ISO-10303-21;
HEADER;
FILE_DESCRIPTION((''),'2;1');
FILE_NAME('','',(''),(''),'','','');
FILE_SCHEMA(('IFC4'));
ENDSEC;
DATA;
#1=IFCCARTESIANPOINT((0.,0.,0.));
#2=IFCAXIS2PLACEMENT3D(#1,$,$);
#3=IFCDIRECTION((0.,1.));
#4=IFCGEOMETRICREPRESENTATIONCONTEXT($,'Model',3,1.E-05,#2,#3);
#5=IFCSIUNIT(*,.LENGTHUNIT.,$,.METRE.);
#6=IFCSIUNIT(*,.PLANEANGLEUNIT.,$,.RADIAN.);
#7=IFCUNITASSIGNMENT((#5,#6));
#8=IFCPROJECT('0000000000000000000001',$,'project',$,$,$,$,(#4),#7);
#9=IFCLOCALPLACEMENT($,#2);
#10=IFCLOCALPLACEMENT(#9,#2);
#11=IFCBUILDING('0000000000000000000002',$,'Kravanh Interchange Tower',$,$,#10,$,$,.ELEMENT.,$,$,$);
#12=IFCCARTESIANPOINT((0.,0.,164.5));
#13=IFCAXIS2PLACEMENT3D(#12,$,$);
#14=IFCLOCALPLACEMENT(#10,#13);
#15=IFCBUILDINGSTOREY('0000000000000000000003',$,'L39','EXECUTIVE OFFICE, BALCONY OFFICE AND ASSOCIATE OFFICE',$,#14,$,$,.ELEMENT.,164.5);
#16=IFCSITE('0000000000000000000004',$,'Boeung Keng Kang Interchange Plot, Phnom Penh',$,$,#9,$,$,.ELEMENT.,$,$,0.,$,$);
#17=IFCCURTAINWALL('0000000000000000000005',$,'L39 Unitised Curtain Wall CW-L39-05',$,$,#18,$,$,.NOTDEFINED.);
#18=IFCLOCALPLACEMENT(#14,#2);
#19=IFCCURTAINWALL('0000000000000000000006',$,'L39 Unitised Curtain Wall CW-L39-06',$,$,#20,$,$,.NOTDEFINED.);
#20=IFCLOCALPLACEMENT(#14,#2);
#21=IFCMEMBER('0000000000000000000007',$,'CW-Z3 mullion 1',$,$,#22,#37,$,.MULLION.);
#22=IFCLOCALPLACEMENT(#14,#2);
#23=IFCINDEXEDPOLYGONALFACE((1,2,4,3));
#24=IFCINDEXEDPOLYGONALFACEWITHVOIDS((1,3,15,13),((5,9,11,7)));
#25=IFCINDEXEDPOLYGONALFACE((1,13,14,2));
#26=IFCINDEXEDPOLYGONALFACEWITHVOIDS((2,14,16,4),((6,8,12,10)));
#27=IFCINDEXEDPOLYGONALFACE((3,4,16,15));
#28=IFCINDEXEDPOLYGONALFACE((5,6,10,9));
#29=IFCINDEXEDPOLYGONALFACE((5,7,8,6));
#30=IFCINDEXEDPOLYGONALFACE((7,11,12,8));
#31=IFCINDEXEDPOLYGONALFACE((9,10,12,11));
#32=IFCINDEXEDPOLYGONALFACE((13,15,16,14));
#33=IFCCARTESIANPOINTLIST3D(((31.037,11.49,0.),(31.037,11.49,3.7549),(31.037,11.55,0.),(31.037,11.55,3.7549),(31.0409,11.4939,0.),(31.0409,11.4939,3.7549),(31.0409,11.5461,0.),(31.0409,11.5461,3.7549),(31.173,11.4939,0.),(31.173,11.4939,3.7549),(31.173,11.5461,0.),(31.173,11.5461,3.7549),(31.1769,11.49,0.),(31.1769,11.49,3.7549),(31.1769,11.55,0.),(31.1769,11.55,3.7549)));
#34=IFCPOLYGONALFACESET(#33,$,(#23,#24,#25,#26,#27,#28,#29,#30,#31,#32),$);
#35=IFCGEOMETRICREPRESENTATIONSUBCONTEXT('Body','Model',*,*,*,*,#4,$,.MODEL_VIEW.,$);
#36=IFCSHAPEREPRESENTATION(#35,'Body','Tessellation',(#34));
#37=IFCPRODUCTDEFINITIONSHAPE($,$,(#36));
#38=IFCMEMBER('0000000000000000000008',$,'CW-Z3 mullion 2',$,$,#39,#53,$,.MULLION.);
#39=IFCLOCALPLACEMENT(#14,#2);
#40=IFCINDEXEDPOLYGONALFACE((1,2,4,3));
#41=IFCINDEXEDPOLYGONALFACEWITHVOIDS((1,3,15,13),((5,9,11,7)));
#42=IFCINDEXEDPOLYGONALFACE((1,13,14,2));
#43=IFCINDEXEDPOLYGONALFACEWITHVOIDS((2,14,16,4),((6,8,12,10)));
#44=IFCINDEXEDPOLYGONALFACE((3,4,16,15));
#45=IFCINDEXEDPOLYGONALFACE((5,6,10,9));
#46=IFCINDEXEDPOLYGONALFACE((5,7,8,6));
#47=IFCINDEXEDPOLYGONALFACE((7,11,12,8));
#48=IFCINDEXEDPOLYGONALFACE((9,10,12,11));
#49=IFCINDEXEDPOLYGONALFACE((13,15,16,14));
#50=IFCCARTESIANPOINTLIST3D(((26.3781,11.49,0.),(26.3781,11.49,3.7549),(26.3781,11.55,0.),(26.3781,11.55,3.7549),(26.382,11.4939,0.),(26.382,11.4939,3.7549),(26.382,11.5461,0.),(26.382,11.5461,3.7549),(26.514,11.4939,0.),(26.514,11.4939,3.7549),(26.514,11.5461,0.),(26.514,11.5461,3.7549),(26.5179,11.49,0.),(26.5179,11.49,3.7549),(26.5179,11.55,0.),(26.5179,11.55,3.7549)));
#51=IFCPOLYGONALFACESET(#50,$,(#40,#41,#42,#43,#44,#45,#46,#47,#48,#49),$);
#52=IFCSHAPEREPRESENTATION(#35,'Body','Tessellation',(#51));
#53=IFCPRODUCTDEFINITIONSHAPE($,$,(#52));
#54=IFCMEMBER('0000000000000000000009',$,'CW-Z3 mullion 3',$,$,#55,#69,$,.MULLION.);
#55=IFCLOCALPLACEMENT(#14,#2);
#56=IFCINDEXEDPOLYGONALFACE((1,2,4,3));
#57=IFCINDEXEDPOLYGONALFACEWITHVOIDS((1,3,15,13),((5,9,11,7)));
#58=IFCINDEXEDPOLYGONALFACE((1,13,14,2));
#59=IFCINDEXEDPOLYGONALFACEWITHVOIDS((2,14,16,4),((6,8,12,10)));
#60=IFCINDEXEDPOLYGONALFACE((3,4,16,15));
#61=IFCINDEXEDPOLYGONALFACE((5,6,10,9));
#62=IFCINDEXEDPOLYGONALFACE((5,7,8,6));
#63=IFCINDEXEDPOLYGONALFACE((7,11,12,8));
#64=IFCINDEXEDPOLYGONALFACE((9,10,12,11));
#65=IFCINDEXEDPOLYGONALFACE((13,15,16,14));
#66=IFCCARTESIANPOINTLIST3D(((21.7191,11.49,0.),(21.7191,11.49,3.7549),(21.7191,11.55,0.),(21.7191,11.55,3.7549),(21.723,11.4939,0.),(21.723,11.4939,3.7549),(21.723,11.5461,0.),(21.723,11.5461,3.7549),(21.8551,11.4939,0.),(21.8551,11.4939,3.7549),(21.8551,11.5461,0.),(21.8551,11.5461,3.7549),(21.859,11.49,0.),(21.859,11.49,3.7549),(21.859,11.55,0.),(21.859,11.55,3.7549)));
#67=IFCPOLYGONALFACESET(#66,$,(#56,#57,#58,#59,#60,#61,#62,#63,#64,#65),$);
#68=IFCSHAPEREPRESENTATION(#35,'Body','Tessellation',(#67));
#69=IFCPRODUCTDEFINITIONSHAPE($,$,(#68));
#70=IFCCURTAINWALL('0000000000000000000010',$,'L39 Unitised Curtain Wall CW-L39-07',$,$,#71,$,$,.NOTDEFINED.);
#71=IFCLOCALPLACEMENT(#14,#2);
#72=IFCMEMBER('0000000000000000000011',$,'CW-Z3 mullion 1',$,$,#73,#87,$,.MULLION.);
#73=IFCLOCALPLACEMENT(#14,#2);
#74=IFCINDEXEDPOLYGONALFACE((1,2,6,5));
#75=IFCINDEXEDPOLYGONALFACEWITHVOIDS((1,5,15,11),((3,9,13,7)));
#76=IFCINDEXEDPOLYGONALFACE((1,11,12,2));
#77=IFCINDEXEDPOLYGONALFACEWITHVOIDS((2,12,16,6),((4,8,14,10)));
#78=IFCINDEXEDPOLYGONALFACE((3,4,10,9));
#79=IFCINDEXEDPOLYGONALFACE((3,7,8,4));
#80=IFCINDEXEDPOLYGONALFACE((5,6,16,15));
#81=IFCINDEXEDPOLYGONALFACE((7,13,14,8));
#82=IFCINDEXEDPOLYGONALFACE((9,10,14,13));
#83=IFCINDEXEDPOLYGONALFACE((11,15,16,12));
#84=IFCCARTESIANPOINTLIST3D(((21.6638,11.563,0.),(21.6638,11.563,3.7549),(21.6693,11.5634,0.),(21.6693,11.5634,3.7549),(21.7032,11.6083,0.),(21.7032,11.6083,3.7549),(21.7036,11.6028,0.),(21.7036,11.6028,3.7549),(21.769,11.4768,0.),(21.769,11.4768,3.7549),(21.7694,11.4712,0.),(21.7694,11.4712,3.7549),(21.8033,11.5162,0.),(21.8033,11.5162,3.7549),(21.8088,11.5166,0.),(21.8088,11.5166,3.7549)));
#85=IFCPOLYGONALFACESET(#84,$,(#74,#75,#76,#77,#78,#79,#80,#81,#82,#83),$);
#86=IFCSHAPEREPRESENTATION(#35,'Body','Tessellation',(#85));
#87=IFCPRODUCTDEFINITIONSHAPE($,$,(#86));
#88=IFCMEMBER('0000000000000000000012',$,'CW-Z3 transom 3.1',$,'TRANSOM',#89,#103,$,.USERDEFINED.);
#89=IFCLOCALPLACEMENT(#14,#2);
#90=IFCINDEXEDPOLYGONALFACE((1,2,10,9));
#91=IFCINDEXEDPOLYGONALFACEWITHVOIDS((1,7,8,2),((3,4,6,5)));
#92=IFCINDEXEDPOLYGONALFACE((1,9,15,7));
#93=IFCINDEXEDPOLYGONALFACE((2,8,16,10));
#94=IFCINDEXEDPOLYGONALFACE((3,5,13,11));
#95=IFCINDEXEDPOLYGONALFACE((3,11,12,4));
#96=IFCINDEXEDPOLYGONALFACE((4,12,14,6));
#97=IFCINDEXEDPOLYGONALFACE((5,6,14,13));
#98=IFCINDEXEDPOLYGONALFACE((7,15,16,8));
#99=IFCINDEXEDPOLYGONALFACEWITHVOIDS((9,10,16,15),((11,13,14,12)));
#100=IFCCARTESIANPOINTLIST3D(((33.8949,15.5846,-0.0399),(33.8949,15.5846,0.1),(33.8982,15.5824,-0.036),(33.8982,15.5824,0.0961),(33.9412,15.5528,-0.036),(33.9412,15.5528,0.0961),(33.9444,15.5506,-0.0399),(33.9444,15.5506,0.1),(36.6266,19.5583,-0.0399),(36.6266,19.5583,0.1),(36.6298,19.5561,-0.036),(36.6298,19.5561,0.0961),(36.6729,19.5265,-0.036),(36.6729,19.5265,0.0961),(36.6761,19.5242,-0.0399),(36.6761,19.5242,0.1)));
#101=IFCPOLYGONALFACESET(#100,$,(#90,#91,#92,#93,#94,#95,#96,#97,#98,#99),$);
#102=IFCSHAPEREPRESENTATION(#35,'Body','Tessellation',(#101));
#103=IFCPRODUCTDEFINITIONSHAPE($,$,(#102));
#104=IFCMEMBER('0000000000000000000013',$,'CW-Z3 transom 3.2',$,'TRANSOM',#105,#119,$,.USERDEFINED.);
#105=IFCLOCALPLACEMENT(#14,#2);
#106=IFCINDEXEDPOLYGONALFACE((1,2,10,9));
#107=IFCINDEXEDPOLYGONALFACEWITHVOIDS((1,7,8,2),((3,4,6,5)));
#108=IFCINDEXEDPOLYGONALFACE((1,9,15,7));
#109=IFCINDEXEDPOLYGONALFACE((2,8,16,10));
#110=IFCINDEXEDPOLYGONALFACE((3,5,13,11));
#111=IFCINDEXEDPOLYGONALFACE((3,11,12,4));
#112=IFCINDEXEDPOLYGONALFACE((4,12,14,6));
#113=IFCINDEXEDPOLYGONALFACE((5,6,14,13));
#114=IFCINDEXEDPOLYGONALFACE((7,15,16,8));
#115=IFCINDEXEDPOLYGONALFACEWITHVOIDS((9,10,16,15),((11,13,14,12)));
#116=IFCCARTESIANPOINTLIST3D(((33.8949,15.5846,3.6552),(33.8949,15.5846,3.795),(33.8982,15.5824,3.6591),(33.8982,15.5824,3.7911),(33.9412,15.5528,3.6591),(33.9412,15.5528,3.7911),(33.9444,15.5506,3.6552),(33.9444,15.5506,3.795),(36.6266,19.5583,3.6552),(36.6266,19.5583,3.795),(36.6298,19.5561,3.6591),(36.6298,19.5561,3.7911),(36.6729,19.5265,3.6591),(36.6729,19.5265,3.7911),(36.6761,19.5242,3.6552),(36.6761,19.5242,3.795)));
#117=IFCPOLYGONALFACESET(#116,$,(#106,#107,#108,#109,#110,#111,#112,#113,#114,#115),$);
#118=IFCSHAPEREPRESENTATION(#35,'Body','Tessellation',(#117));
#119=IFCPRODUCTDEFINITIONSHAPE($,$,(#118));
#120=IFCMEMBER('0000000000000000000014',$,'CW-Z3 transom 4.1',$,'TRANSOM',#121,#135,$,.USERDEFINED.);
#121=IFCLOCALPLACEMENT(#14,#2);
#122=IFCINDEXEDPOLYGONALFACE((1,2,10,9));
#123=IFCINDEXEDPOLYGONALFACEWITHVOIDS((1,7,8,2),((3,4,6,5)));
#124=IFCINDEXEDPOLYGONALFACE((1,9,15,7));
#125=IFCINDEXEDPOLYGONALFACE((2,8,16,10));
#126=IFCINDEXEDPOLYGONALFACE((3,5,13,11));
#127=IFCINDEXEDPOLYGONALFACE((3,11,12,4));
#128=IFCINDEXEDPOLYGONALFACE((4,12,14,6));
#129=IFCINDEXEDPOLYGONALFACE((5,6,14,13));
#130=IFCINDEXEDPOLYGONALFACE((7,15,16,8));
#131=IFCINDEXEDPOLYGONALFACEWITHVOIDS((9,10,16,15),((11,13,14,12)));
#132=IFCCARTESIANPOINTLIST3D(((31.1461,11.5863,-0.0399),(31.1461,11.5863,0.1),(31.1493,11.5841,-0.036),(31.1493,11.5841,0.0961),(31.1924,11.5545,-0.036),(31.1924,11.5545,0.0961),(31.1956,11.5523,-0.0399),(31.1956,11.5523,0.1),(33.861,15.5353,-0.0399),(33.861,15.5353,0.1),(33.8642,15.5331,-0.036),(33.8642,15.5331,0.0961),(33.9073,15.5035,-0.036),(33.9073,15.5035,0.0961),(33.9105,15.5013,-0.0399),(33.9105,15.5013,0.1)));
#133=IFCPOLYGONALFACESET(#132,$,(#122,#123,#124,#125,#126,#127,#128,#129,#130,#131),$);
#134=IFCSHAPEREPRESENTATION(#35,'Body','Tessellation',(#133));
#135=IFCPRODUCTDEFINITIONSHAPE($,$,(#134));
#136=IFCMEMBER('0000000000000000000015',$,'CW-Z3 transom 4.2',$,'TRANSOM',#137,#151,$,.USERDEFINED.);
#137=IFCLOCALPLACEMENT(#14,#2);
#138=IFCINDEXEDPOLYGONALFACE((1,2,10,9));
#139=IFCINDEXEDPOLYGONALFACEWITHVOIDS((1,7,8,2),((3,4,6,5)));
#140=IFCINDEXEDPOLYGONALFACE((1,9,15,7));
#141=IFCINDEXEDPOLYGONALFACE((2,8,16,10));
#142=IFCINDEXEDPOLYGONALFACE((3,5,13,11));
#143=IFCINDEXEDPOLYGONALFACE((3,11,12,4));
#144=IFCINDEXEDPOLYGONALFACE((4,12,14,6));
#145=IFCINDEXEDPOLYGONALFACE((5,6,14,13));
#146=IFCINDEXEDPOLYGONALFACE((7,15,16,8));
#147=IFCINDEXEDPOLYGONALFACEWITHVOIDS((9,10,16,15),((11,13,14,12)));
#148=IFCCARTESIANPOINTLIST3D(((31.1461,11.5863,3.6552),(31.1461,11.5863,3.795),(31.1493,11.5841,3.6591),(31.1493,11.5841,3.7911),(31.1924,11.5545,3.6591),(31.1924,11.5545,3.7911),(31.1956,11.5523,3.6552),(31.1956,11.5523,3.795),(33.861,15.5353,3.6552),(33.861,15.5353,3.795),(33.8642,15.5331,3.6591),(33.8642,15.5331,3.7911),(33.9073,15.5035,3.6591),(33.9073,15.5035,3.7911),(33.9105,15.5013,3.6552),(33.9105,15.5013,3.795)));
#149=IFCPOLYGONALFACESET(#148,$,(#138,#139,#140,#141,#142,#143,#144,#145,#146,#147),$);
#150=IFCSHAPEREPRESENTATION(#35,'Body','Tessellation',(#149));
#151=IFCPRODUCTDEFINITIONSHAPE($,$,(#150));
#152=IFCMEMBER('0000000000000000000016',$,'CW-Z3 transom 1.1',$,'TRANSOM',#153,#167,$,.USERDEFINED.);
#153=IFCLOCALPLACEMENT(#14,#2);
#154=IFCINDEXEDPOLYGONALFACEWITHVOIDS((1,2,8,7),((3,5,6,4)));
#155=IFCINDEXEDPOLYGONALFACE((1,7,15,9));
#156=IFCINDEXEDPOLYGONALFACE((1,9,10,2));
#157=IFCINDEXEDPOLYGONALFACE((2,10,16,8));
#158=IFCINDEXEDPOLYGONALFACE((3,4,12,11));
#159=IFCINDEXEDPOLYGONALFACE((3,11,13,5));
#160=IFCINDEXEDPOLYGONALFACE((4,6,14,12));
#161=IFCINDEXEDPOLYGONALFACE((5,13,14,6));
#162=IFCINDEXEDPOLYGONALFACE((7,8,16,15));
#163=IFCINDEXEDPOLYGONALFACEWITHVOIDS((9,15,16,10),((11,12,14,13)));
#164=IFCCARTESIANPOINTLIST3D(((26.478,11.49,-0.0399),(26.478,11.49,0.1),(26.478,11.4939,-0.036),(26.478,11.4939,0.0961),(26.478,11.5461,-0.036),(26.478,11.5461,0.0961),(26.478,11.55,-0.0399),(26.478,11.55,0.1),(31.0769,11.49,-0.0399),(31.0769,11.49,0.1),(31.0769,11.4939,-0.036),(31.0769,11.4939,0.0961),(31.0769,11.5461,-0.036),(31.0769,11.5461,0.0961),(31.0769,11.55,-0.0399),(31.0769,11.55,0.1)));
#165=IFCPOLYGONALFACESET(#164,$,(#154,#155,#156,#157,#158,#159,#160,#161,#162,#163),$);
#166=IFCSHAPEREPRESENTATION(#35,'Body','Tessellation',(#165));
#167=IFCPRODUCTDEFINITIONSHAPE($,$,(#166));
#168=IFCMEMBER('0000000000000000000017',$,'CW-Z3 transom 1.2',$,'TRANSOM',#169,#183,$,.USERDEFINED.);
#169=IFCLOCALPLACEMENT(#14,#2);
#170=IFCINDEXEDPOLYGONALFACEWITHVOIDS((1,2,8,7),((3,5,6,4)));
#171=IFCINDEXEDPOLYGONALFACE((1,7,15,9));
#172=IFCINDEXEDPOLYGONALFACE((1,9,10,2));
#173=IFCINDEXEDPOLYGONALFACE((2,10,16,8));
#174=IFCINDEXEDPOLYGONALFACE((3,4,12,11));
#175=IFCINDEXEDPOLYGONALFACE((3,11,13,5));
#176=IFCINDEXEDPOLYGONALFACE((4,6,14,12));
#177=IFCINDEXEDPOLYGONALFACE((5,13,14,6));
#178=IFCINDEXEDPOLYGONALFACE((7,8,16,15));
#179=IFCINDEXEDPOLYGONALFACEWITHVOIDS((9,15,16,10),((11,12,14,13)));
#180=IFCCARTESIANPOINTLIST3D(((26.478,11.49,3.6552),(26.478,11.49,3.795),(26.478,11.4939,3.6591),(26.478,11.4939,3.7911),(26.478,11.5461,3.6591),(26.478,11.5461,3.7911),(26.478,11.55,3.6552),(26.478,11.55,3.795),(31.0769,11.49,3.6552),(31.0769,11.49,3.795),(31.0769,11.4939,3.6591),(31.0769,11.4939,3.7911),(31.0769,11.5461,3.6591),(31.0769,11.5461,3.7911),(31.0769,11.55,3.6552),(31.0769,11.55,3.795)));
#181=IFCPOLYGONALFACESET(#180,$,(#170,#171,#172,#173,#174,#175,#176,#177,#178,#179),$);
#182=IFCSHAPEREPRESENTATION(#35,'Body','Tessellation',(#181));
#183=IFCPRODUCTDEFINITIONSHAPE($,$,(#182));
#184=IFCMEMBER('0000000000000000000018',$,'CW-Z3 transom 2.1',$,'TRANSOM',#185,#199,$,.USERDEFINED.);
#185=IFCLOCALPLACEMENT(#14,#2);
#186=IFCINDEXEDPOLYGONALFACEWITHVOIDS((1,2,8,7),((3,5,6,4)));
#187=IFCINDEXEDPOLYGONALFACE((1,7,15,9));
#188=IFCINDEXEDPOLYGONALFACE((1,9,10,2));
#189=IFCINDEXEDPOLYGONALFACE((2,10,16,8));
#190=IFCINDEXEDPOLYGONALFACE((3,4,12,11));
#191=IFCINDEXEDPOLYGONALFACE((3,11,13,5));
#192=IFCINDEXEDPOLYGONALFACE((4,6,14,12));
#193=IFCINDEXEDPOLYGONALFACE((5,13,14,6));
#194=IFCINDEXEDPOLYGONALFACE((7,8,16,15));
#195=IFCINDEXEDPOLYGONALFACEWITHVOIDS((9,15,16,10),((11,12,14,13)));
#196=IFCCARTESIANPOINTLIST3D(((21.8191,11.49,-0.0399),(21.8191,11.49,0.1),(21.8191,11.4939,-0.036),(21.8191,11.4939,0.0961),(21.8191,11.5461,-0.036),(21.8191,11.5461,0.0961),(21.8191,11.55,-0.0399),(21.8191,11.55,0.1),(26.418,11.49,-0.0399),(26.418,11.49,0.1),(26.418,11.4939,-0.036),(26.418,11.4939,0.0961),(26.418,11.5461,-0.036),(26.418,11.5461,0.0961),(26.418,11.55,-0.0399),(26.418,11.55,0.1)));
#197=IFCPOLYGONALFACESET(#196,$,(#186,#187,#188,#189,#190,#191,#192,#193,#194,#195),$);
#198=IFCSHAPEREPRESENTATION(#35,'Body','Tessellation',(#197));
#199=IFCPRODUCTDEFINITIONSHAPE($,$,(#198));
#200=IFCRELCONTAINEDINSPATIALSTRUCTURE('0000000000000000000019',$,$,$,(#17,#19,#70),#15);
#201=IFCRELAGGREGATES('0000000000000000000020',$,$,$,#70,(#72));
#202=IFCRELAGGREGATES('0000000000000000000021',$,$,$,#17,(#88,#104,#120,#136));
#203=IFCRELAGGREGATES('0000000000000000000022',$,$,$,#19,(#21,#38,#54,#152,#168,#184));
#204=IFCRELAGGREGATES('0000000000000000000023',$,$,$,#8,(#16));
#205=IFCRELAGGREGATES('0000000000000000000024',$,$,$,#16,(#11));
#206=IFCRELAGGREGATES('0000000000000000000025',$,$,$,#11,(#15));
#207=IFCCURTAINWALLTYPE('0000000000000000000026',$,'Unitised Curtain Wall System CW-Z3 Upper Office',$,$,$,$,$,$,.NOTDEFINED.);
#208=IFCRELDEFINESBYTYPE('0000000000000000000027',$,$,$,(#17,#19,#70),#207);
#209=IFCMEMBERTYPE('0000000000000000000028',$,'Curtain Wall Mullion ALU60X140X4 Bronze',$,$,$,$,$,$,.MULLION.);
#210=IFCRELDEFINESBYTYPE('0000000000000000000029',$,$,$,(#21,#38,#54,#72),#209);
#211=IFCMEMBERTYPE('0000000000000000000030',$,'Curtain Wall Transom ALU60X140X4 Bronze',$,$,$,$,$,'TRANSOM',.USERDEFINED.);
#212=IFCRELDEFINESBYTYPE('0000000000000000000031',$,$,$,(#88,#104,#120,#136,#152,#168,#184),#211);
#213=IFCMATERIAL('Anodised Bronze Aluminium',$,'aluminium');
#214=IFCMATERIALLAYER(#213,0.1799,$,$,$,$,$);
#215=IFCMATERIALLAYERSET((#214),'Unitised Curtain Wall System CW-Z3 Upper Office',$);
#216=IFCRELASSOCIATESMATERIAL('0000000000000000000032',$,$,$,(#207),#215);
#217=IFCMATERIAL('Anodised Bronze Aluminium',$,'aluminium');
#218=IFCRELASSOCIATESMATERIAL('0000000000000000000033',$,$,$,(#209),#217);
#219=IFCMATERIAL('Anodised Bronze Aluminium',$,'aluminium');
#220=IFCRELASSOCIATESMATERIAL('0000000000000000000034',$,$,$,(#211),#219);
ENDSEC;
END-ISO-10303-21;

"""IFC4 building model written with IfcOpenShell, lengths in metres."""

from ifc_helpers import new_model, si_unit, direction, frame, origin, origin_2d, place, context, subcontext, project, spatial, hollow_rectangle, extrude, material, layer, layer_set, material_profile, profile_set, type_object, element, aggregate, save


model = new_model("IFC4")

# Units and contexts
model_context = context("Model", 3, precision=1e-05, world=origin(), true_north=direction((0.0, 1.0)))
body_context = subcontext(model_context, "Body", "Model", "MODEL_VIEW")
ifc_project = project(units=[si_unit("LENGTHUNIT", "METRE"), si_unit("PLANEANGLEUNIT", "RADIAN")], contexts=[model_context])

# Site, building, storey
site_placement = place(None, origin())
site = spatial("IfcSite", under=ifc_project, at=site_placement, Name="Boeung Keng Kang Interchange Plot, Phnom Penh", CompositionType="ELEMENT", RefElevation=0.0)
building_placement = place(site_placement, origin())
building = spatial("IfcBuilding", under=site, at=building_placement, Name="Kravanh Interchange Tower", CompositionType="ELEMENT")
storey_placement = place(building_placement, frame((0.0, 0.0, 164.5)))
storey = spatial("IfcBuildingStorey", under=building, at=storey_placement, Name="L39", Description="EXECUTIVE OFFICE, BALCONY OFFICE AND ASSOCIATE OFFICE", CompositionType="ELEMENT", Elevation=164.5)

# Curtain walls, members
ifc_material_1 = material(Name="Anodised Bronze Aluminium", Category="aluminium")
ifc_layer_1 = layer(ifc_material_1, 0.1799)
ifc_layer_set_1 = layer_set([ifc_layer_1], Name="Unitised Curtain Wall System CW-Z3 Upper Office")
curtain_wall_type = type_object("IfcCurtainWallType", Name="Unitised Curtain Wall System CW-Z3 Upper Office", PredefinedType="NOTDEFINED", material=ifc_layer_set_1)
curtain_wall_1_placement = place(storey_placement, origin())
curtain_wall_1 = element("IfcCurtainWall", 1, at=curtain_wall_1_placement, inside=storey, type_object=curtain_wall_type, Name="L39 Unitised Curtain Wall CW-L39-05", PredefinedType="NOTDEFINED")
ifc_material_2 = material(Name="Anodised Bronze Aluminium", Category="aluminium")
ifc_material_profile_1 = material_profile(ifc_material_2, hollow_rectangle(XDim=0.0601, YDim=0.1399, WallThickness=0.0039, at=origin_2d()), Name="ALU60X140X4")
ifc_profile_set_1 = profile_set([ifc_material_profile_1], Name="Anodised Bronze Aluminium")
member_type_1 = type_object("IfcMemberType", Name="Curtain Wall Mullion ALU60X140X4 Bronze", PredefinedType="MULLION", material=ifc_profile_set_1)
curtain_wall_2_placement = place(storey_placement, origin())
curtain_wall_2 = element("IfcCurtainWall", 2, at=curtain_wall_2_placement, inside=storey, type_object=curtain_wall_type, Name="L39 Unitised Curtain Wall CW-L39-06", PredefinedType="NOTDEFINED")
member_1_placement = place(storey_placement, frame((31.1069, 11.52, 0.0), z_axis=(0.0, 0.0, 1.0), x_axis=(0.0, -1.0, 0.0)))
member_1 = element("IfcMember", 3, at=member_1_placement, type_object=member_type_1, Name="CW-Z3 mullion 1", PredefinedType="MULLION", context=body_context, shape_type="SweptSolid", body=[
    extrude(hollow_rectangle(XDim=0.0601, YDim=0.1399, WallThickness=0.0039, at=origin_2d()), origin(), (0.0, 0.0, 1.0), 3.7549),
])
member_2_placement = place(storey_placement, frame((26.448, 11.52, 0.0), z_axis=(0.0, 0.0, 1.0), x_axis=(0.0, -1.0, 0.0)))
member_2 = element("IfcMember", 4, at=member_2_placement, type_object=member_type_1, Name="CW-Z3 mullion 2", PredefinedType="MULLION", context=body_context, shape_type="SweptSolid", body=[
    extrude(hollow_rectangle(XDim=0.0601, YDim=0.1399, WallThickness=0.0039, at=origin_2d()), origin(), (0.0, 0.0, 1.0), 3.7549),
])
member_3_placement = place(storey_placement, frame((21.7891, 11.52, 0.0), z_axis=(0.0, 0.0, 1.0), x_axis=(0.0, -1.0, 0.0)))
member_3 = element("IfcMember", 5, at=member_3_placement, type_object=member_type_1, Name="CW-Z3 mullion 3", PredefinedType="MULLION", context=body_context, shape_type="SweptSolid", body=[
    extrude(hollow_rectangle(XDim=0.0601, YDim=0.1399, WallThickness=0.0039, at=origin_2d()), origin(), (0.0, 0.0, 1.0), 3.7549),
])

# Curtain wall, member
curtain_wall_3_placement = place(storey_placement, origin())
curtain_wall_3 = element("IfcCurtainWall", 6, at=curtain_wall_3_placement, inside=storey, type_object=curtain_wall_type, Name="L39 Unitised Curtain Wall CW-L39-07", PredefinedType="NOTDEFINED")
member_4_placement = place(storey_placement, frame((21.7363, 11.5398, 0.0), z_axis=(0.0, 0.0, 1.0), x_axis=(-0.656051, -0.754717, 0.0)))
member_4 = element("IfcMember", 7, at=member_4_placement, type_object=member_type_1, Name="CW-Z3 mullion 1", PredefinedType="MULLION", context=body_context, shape_type="SweptSolid", body=[
    extrude(hollow_rectangle(XDim=0.0601, YDim=0.1399, WallThickness=0.0039, at=origin_2d()), origin(), (0.0, 0.0, 1.0), 3.7549),
])

# Members
ifc_material_3 = material(Name="Anodised Bronze Aluminium", Category="aluminium")
ifc_material_profile_2 = material_profile(ifc_material_3, hollow_rectangle(XDim=0.0601, YDim=0.1399, WallThickness=0.0039, at=origin_2d()), Name="ALU60X140X4")
ifc_profile_set_2 = profile_set([ifc_material_profile_2], Name="Anodised Bronze Aluminium")
member_type_2 = type_object("IfcMemberType", Name="Curtain Wall Transom ALU60X140X4 Bronze", ElementType="TRANSOM", PredefinedType="USERDEFINED", material=ifc_profile_set_2)
member_5_placement = place(storey_placement, frame((36.6514, 19.5413, 0.03), z_axis=(-0.566503, -0.82406, 0.0), x_axis=(0.82406, -0.566503, 0.0)))
member_5 = element("IfcMember", 8, at=member_5_placement, type_object=member_type_2, Name="CW-Z3 transom 3.1", ObjectType="TRANSOM", PredefinedType="USERDEFINED", context=body_context, shape_type="SweptSolid", body=[
    extrude(hollow_rectangle(XDim=0.0601, YDim=0.1399, WallThickness=0.0039, at=origin_2d()), origin(), (0.0, 0.0, 1.0), 4.822),
])
member_6_placement = place(storey_placement, frame((36.6514, 19.5413, 3.7251), z_axis=(-0.566503, -0.82406, 0.0), x_axis=(0.82406, -0.566503, 0.0)))
member_6 = element("IfcMember", 9, at=member_6_placement, type_object=member_type_2, Name="CW-Z3 transom 3.2", ObjectType="TRANSOM", PredefinedType="USERDEFINED", context=body_context, shape_type="SweptSolid", body=[
    extrude(hollow_rectangle(XDim=0.0601, YDim=0.1399, WallThickness=0.0039, at=origin_2d()), origin(), (0.0, 0.0, 1.0), 4.822),
])
member_7_placement = place(storey_placement, frame((33.8857, 15.5183, 0.03), z_axis=(-0.566518, -0.824049, 0.0), x_axis=(0.824049, -0.566518, 0.0)))
member_7 = element("IfcMember", 10, at=member_7_placement, type_object=member_type_2, Name="CW-Z3 transom 4.1", ObjectType="TRANSOM", PredefinedType="USERDEFINED", context=body_context, shape_type="SweptSolid", body=[
    extrude(hollow_rectangle(XDim=0.0601, YDim=0.1399, WallThickness=0.0039, at=origin_2d()), origin(), (0.0, 0.0, 1.0), 4.7922),
])
member_8_placement = place(storey_placement, frame((33.8857, 15.5183, 3.7251), z_axis=(-0.566518, -0.824049, 0.0), x_axis=(0.824049, -0.566518, 0.0)))
member_8 = element("IfcMember", 11, at=member_8_placement, type_object=member_type_2, Name="CW-Z3 transom 4.2", ObjectType="TRANSOM", PredefinedType="USERDEFINED", context=body_context, shape_type="SweptSolid", body=[
    extrude(hollow_rectangle(XDim=0.0601, YDim=0.1399, WallThickness=0.0039, at=origin_2d()), origin(), (0.0, 0.0, 1.0), 4.7922),
])
member_9_placement = place(storey_placement, frame((31.0769, 11.52, 0.03), z_axis=(-1.0, 0.0, 0.0), x_axis=(0.0, -1.0, 0.0)))
member_9 = element("IfcMember", 12, at=member_9_placement, type_object=member_type_2, Name="CW-Z3 transom 1.1", ObjectType="TRANSOM", PredefinedType="USERDEFINED", context=body_context, shape_type="SweptSolid", body=[
    extrude(hollow_rectangle(XDim=0.0601, YDim=0.1399, WallThickness=0.0039, at=origin_2d()), origin(), (0.0, 0.0, 1.0), 4.5989),
])
member_10_placement = place(storey_placement, frame((31.0769, 11.52, 3.7251), z_axis=(-1.0, 0.0, 0.0), x_axis=(0.0, -1.0, 0.0)))
member_10 = element("IfcMember", 13, at=member_10_placement, type_object=member_type_2, Name="CW-Z3 transom 1.2", ObjectType="TRANSOM", PredefinedType="USERDEFINED", context=body_context, shape_type="SweptSolid", body=[
    extrude(hollow_rectangle(XDim=0.0601, YDim=0.1399, WallThickness=0.0039, at=origin_2d()), origin(), (0.0, 0.0, 1.0), 4.5989),
])
member_11_placement = place(storey_placement, frame((26.418, 11.52, 0.03), z_axis=(-1.0, 0.0, 0.0), x_axis=(0.0, -1.0, 0.0)))
member_11 = element("IfcMember", 14, at=member_11_placement, type_object=member_type_2, Name="CW-Z3 transom 2.1", ObjectType="TRANSOM", PredefinedType="USERDEFINED", context=body_context, shape_type="SweptSolid", body=[
    extrude(hollow_rectangle(XDim=0.0601, YDim=0.1399, WallThickness=0.0039, at=origin_2d()), origin(), (0.0, 0.0, 1.0), 4.5989),
])
aggregate(curtain_wall_3, [member_4])

aggregate(curtain_wall_1, [member_5, member_6, member_7, member_8])
aggregate(curtain_wall_2, [member_1, member_2, member_3, member_9, member_10, member_11])

save(model, "model.ifc")
